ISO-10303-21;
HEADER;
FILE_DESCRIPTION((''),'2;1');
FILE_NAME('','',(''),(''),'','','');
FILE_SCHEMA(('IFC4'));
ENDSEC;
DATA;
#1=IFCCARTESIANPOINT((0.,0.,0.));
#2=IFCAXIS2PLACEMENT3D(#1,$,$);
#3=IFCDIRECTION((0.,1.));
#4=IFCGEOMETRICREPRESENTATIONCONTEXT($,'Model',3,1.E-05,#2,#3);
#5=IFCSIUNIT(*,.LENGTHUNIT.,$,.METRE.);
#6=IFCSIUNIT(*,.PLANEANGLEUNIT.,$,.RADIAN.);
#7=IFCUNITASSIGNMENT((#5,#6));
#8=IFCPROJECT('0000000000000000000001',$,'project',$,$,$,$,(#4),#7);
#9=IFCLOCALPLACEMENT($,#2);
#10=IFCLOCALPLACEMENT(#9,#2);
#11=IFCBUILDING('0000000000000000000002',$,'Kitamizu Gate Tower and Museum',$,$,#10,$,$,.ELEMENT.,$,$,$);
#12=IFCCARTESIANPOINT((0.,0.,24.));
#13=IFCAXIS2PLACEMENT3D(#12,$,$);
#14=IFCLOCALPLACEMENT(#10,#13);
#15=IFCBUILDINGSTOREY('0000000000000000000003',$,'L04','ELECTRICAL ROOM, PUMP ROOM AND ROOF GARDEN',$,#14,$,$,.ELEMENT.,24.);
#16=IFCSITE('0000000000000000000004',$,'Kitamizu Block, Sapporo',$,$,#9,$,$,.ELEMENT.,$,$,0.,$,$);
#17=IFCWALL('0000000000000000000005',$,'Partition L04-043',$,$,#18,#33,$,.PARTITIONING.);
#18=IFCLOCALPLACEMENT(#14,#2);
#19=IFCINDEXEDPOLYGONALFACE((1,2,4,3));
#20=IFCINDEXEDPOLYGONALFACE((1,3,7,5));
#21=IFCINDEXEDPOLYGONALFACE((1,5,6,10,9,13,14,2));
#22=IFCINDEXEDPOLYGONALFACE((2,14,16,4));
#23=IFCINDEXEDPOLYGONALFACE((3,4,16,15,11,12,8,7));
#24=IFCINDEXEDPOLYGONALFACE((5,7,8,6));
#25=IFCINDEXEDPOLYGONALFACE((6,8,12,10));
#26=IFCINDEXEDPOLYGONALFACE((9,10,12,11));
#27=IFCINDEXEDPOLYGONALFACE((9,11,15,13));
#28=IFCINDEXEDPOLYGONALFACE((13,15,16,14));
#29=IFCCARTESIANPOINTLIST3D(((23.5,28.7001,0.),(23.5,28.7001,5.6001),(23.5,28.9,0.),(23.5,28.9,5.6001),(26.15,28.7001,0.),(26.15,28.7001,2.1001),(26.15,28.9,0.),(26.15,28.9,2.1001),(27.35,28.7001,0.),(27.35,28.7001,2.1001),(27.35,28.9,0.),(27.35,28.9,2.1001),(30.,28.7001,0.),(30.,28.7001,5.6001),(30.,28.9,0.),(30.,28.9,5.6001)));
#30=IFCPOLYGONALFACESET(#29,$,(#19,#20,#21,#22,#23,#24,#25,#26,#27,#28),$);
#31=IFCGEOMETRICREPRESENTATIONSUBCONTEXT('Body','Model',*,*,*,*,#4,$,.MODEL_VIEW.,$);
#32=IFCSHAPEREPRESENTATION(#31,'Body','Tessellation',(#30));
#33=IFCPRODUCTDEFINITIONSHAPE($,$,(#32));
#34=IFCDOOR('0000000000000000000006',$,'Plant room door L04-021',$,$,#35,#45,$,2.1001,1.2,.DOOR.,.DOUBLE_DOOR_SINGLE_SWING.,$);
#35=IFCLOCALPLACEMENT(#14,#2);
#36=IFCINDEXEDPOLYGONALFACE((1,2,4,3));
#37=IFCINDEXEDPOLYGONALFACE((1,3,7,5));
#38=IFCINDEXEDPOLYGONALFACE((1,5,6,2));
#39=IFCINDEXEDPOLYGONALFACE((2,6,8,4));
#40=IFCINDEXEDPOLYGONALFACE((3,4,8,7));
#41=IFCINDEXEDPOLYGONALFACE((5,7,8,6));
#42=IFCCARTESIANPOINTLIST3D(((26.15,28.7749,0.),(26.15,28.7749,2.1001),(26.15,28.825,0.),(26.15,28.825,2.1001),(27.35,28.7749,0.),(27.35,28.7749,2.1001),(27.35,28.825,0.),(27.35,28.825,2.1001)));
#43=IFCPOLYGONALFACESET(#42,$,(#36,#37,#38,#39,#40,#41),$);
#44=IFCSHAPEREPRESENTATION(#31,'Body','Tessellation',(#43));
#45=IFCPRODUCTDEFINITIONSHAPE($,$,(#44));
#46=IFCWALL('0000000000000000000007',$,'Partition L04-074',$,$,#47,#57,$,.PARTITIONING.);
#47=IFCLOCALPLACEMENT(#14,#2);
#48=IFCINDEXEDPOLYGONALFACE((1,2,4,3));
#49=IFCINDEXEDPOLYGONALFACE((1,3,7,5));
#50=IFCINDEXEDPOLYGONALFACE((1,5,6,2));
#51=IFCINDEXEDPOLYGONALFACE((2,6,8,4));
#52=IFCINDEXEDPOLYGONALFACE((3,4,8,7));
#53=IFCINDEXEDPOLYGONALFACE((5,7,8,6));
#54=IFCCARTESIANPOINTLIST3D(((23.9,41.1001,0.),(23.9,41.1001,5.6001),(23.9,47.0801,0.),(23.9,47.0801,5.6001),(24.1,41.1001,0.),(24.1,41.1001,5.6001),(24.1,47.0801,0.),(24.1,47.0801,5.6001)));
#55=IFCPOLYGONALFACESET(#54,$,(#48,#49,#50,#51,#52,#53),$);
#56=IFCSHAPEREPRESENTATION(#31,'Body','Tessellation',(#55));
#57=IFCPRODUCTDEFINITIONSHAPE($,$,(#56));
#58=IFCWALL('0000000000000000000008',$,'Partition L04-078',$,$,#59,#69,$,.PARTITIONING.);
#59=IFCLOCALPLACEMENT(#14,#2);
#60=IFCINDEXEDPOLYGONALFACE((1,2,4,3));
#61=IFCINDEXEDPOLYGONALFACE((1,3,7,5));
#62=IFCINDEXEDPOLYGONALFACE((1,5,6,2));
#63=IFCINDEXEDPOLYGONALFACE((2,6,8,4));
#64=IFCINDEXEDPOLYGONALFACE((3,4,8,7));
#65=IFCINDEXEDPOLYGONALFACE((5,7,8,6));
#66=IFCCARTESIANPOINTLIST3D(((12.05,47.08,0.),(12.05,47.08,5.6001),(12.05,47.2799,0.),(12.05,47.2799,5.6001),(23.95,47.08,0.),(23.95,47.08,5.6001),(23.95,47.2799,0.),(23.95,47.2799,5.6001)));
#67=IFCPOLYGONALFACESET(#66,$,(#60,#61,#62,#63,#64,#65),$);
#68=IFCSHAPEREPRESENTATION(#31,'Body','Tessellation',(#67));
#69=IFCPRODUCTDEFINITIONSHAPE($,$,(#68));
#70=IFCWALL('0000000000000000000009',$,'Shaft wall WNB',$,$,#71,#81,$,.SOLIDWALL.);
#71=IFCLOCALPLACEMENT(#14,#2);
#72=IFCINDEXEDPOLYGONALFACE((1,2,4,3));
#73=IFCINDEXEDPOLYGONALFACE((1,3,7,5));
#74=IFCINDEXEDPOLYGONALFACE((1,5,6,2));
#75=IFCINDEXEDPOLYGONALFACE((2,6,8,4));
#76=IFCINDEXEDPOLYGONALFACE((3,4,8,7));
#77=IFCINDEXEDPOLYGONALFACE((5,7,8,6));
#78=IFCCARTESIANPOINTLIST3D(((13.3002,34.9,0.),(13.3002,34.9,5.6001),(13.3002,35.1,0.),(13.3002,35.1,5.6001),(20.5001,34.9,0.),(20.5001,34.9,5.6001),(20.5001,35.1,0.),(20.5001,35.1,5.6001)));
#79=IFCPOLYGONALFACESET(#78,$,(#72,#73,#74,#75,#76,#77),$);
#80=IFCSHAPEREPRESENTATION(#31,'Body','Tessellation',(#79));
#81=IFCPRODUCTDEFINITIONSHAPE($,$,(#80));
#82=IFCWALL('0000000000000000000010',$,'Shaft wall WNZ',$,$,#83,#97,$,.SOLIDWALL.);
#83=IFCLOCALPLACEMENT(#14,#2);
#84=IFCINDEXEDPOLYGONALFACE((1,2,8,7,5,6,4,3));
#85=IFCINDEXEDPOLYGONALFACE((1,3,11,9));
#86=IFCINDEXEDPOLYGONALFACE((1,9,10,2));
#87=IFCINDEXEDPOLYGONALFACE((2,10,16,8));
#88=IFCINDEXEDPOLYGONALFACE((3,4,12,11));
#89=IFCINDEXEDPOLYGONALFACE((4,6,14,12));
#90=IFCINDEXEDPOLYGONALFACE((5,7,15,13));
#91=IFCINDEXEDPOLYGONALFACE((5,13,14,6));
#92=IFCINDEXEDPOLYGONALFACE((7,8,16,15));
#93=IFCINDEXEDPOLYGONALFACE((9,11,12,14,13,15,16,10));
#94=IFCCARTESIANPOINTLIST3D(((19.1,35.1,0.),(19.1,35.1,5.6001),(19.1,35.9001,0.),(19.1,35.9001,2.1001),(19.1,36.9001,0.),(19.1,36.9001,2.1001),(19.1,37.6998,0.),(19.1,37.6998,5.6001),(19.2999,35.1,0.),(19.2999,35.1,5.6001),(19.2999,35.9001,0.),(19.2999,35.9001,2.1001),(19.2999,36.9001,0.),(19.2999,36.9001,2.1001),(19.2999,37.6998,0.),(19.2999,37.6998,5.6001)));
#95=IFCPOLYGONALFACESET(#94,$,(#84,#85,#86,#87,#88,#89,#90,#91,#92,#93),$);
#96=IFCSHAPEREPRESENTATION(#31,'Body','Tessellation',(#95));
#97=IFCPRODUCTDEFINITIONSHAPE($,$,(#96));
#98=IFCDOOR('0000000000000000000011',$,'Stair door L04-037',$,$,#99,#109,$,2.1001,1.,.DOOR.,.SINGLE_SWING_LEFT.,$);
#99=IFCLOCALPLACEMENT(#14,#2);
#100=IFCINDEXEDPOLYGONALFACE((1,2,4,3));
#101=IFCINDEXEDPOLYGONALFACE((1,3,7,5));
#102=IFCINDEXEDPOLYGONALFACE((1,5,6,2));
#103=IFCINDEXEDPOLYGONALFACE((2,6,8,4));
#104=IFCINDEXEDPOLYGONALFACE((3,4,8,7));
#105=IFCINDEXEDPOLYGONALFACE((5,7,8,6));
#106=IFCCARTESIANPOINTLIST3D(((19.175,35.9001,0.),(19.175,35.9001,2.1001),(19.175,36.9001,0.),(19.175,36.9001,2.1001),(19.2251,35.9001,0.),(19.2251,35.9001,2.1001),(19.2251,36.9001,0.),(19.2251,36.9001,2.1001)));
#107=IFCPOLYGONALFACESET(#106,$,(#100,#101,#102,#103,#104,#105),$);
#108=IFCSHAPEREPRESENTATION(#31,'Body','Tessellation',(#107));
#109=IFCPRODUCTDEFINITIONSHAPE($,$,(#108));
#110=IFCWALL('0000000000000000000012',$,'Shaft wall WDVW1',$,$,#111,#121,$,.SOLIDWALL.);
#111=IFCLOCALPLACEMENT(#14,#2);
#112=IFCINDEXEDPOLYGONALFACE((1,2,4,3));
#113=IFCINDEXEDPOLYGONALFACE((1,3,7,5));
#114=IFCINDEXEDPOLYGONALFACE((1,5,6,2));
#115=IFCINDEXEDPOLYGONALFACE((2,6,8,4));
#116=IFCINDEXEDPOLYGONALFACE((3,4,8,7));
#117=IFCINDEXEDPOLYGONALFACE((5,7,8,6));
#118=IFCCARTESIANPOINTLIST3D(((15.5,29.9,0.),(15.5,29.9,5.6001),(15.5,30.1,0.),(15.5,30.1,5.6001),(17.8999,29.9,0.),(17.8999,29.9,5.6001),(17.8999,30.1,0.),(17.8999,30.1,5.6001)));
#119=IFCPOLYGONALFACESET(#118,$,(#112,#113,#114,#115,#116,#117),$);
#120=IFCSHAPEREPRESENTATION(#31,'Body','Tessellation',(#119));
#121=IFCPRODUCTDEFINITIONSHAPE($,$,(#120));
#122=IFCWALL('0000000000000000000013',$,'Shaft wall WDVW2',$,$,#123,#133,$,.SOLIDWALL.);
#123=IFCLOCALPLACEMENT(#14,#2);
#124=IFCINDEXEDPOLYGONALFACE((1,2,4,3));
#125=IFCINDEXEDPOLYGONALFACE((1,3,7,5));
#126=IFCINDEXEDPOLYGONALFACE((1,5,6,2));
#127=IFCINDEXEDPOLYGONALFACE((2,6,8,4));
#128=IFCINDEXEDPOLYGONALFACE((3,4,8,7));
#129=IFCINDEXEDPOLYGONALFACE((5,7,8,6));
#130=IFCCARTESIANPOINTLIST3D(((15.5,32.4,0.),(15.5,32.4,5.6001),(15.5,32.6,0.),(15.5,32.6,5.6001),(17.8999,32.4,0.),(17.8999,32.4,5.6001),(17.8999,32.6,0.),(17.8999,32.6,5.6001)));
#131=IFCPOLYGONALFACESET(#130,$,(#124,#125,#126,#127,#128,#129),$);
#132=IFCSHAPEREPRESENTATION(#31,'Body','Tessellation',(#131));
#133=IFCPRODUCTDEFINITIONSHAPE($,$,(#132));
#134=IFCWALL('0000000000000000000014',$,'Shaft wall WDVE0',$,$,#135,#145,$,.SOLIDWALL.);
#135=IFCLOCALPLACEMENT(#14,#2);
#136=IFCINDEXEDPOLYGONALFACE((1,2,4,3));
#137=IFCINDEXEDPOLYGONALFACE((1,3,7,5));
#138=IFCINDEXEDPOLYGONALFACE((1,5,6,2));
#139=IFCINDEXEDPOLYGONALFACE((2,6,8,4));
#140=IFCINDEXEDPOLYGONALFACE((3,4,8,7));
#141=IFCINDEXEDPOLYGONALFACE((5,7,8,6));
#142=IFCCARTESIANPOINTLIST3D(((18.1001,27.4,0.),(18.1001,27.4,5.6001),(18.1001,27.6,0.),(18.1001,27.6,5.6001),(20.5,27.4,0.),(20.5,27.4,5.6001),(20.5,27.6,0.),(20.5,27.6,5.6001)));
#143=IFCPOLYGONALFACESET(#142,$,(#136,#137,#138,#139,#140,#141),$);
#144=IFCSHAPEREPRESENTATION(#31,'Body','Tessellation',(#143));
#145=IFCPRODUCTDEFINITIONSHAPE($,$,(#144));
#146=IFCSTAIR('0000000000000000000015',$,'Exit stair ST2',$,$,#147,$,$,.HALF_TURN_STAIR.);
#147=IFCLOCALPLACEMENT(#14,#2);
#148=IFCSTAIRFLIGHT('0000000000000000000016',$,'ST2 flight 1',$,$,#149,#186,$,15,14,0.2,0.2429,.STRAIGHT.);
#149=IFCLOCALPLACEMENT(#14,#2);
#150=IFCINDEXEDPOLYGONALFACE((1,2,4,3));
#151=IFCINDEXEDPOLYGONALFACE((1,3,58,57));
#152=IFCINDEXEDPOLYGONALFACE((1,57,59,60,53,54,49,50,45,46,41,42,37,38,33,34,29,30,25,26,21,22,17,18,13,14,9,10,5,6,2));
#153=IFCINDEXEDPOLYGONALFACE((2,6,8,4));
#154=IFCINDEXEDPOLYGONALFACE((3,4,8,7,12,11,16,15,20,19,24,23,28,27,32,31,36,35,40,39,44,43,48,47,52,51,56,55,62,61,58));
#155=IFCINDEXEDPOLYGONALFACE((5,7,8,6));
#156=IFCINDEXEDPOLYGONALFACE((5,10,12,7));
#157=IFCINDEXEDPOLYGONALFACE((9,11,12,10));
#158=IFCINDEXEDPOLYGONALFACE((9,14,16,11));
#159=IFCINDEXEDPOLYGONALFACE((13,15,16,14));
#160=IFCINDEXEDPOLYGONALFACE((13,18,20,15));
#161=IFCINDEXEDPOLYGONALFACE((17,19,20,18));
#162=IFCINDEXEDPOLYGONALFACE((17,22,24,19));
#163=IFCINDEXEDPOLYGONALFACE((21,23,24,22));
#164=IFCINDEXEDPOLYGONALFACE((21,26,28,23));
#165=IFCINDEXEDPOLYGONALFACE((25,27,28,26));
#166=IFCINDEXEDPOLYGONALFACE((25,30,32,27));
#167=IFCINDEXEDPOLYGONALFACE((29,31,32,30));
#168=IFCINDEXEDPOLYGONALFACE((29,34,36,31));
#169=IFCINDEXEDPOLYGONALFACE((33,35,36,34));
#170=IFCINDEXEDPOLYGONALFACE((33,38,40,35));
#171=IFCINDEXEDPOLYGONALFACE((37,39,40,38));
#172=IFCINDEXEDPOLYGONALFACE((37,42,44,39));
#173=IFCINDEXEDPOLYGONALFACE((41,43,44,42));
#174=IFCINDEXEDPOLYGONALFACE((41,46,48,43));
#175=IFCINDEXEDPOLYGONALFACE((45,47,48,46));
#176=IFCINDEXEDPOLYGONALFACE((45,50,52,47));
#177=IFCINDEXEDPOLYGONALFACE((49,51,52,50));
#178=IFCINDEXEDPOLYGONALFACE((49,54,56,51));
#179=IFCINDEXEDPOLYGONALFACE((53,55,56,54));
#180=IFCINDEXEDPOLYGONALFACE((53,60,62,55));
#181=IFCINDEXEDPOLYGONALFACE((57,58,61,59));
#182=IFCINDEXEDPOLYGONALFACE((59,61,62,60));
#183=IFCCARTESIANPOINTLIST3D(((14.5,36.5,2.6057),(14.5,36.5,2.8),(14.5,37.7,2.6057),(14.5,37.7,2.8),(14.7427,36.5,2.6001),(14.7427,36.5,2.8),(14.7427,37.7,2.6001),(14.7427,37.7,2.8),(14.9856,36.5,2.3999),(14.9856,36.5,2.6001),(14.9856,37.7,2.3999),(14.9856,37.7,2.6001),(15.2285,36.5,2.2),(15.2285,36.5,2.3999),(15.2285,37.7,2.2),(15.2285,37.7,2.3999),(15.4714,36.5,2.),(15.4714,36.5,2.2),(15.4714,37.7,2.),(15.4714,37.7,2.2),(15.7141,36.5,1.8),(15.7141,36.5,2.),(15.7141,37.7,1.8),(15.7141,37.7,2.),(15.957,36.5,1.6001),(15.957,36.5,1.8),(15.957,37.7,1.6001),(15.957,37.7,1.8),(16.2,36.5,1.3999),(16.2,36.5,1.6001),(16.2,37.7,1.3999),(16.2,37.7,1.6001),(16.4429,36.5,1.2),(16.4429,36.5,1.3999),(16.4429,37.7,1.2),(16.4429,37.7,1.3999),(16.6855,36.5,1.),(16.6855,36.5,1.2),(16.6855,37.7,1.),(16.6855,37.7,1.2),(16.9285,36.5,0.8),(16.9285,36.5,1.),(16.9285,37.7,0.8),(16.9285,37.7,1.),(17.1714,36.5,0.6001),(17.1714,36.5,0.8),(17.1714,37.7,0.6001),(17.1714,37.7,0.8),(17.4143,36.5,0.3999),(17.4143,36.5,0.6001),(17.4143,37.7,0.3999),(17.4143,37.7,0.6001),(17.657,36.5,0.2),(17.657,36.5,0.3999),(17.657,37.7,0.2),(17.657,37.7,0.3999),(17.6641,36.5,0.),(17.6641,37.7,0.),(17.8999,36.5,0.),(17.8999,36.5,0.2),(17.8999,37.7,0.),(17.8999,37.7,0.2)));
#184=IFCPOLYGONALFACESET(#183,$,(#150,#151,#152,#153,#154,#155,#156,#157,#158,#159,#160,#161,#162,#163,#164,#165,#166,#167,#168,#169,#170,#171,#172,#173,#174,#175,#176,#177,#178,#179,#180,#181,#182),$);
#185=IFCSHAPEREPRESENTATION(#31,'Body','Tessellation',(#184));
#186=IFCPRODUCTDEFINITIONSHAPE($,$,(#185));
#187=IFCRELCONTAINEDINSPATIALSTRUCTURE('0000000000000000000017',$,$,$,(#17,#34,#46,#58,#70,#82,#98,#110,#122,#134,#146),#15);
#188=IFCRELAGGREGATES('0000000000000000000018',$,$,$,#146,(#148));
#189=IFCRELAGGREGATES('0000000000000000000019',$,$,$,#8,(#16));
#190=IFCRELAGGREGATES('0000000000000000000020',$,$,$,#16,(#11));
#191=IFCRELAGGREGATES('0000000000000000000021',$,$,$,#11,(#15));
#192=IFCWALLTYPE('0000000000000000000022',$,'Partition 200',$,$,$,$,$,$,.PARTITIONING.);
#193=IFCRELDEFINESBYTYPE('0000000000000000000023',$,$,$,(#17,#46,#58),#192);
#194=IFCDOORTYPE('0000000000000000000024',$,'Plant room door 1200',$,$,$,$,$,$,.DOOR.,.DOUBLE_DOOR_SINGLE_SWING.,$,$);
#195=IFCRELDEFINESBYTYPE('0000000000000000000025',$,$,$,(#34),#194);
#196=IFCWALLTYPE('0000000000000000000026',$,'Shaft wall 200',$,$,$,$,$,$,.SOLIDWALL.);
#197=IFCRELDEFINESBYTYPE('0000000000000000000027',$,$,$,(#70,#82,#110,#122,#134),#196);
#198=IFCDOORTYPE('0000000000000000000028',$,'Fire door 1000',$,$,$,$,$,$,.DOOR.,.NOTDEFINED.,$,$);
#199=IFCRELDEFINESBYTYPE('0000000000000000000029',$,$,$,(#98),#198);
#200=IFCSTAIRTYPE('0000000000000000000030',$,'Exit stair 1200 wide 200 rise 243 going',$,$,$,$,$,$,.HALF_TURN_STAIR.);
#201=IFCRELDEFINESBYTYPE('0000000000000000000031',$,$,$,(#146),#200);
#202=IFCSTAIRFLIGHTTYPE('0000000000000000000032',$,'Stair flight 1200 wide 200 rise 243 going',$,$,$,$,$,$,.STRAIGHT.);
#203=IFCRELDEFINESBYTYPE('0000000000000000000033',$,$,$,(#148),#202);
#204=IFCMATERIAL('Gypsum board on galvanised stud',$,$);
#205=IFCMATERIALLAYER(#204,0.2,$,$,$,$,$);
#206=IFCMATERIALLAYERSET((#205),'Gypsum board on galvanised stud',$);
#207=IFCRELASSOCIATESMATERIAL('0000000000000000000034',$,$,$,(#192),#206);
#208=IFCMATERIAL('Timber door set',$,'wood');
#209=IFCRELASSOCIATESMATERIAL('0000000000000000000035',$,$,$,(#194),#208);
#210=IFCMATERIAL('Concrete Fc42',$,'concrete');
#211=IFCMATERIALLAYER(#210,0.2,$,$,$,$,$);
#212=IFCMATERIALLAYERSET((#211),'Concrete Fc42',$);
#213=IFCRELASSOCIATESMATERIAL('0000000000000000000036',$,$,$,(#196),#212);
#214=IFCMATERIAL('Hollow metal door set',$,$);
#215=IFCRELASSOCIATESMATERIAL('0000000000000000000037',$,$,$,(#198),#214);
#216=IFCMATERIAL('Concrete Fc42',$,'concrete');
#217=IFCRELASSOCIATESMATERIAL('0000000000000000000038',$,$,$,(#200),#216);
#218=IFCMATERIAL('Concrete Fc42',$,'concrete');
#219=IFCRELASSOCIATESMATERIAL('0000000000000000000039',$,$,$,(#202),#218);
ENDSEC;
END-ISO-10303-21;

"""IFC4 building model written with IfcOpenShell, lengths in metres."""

from ifc_helpers import new_model, si_unit, direction, frame, frame_2d, origin, place, context, subcontext, project, spatial, polyline, rectangle, outline, extrude, material, layer, layer_set, type_object, element, fill, aggregate, save


model = new_model("IFC4")

# Units and contexts
model_context = context("Model", 3, precision=1e-05, world=origin(), true_north=direction((0.0, 1.0)))
body_context = subcontext(model_context, "Body", "Model", "MODEL_VIEW")
ifc_project = project(units=[si_unit("LENGTHUNIT", "METRE"), si_unit("PLANEANGLEUNIT", "RADIAN")], contexts=[model_context])

# Site, building, storey
site_placement = place(None, origin())
site = spatial("IfcSite", under=ifc_project, at=site_placement, Name="Kitamizu Block, Sapporo", CompositionType="ELEMENT", RefElevation=0.0)
building_placement = place(site_placement, origin())
building = spatial("IfcBuilding", under=site, at=building_placement, Name="Kitamizu Gate Tower and Museum", CompositionType="ELEMENT")
storey_placement = place(building_placement, frame((0.0, 0.0, 24.0)))
storey = spatial("IfcBuildingStorey", under=building, at=storey_placement, Name="L04", Description="ELECTRICAL ROOM, PUMP ROOM AND ROOF GARDEN", CompositionType="ELEMENT", Elevation=24.0)

# Wall, opening, door
ifc_material_1 = material(Name="Gypsum board on galvanised stud")
ifc_layer_1 = layer(ifc_material_1, 0.2)
ifc_layer_set_1 = layer_set([ifc_layer_1], Name="Gypsum board on galvanised stud")
wall_type_1 = type_object("IfcWallType", Name="Partition 200", PredefinedType="PARTITIONING", material=ifc_layer_set_1)
ifc_material_2 = material(Name="Timber door set", Category="wood")
door_type_1 = type_object("IfcDoorType", Name="Plant room door 1200", OperationType="DOUBLE_DOOR_SINGLE_SWING", PredefinedType="DOOR", material=ifc_material_2)
wall_1_placement = place(storey_placement, frame((23.5, 28.8, 0.0), z_axis=(0.0, 0.0, 1.0), x_axis=(1.0, 0.0, 0.0)))
wall_1 = element("IfcWall", 1, at=wall_1_placement, inside=storey, type_object=wall_type_1, Name="Partition L04-043", PredefinedType="PARTITIONING", context=body_context, shape_type="SweptSolid", body=[
    extrude(rectangle(XDim=6.5, YDim=0.2, at=frame_2d((3.25, 0.0))), origin(), (0.0, 0.0, 1.0), 5.6001),
])
opening_1_placement = place(wall_1_placement, frame((2.6499, 0.0, 0.0)))
opening_1 = element("IfcOpeningElement", 2, at=opening_1_placement, cuts=wall_1, PredefinedType="OPENING", context=body_context, shape_type="SweptSolid", body=[
    extrude(rectangle(XDim=1.2, YDim=2.1001, at=frame_2d((0.6001, 1.05))), frame((0.0, 0.1099, 0.0), z_axis=(0.0, -1.0, 0.0), x_axis=(1.0, 0.0, 0.0)), (0.0, 0.0, 1.0), 0.22),
])
door_1_placement = place(opening_1_placement, origin())
door_1 = element("IfcDoor", 3, at=door_1_placement, inside=storey, type_object=door_type_1, Name="Plant room door L04-021", OperationType="DOUBLE_DOOR_SINGLE_SWING", OverallHeight=2.1001, OverallWidth=1.2, PredefinedType="DOOR", context=body_context, shape_type="SweptSolid", body=[
    extrude(rectangle(XDim=1.2, YDim=2.1001, at=frame_2d((0.6001, 1.05))), frame((0.0, 0.0249, 0.0), z_axis=(0.0, -1.0, 0.0), x_axis=(1.0, 0.0, 0.0)), (0.0, 0.0, 1.0), 0.05),
])
fill(opening_1, door_1)

# Walls
wall_2_placement = place(storey_placement, frame((24.0, 41.1001, 0.0), z_axis=(0.0, 0.0, 1.0), x_axis=(0.0, 1.0, 0.0)))
element("IfcWall", 4, at=wall_2_placement, inside=storey, type_object=wall_type_1, Name="Partition L04-074", PredefinedType="PARTITIONING", context=body_context, shape_type="SweptSolid", body=[
    extrude(rectangle(XDim=5.98, YDim=0.2, at=frame_2d((2.99, 0.0))), origin(), (0.0, 0.0, 1.0), 5.6001),
])
wall_3_placement = place(storey_placement, frame((23.95, 47.1799, 0.0), z_axis=(0.0, 0.0, 1.0), x_axis=(-1.0, 0.0, 0.0)))
element("IfcWall", 5, at=wall_3_placement, inside=storey, type_object=wall_type_1, Name="Partition L04-078", PredefinedType="PARTITIONING", context=body_context, shape_type="SweptSolid", body=[
    extrude(rectangle(XDim=11.8999, YDim=0.2, at=frame_2d((5.95, 0.0))), origin(), (0.0, 0.0, 1.0), 5.6001),
])
ifc_material_3 = material(Name="Concrete Fc42", Category="concrete")
ifc_layer_2 = layer(ifc_material_3, 0.2)
ifc_layer_set_2 = layer_set([ifc_layer_2], Name="Concrete Fc42")
wall_type_2 = type_object("IfcWallType", Name="Shaft wall 200", PredefinedType="SOLIDWALL", material=ifc_layer_set_2)
wall_4_placement = place(storey_placement, frame((13.3, 35.0, 0.0), z_axis=(0.0, 0.0, 1.0), x_axis=(1.0, 0.0, 0.0)))
element("IfcWall", 6, at=wall_4_placement, inside=storey, type_object=wall_type_2, Name="Shaft wall WNB", PredefinedType="SOLIDWALL", context=body_context, shape_type="SweptSolid", body=[
    extrude(rectangle(XDim=7.2, YDim=0.2, at=frame_2d((3.6001, 0.0))), origin(), (0.0, 0.0, 1.0), 5.6001),
])

# Wall, opening, door
wall_5_placement = place(storey_placement, frame((19.2, 35.1001, 0.0), z_axis=(0.0, 0.0, 1.0), x_axis=(0.0, 1.0, 0.0)))
wall_5 = element("IfcWall", 7, at=wall_5_placement, inside=storey, type_object=wall_type_2, Name="Shaft wall WNZ", PredefinedType="SOLIDWALL", context=body_context, shape_type="SweptSolid", body=[
    extrude(rectangle(XDim=2.5999, YDim=0.2, at=frame_2d((1.2998, 0.0))), origin(), (0.0, 0.0, 1.0), 5.6001),
])
opening_2_placement = place(wall_5_placement, frame((0.8, 0.0, 0.0)))
opening_2 = element("IfcOpeningElement", 8, at=opening_2_placement, cuts=wall_5, PredefinedType="OPENING", context=body_context, shape_type="SweptSolid", body=[
    extrude(rectangle(XDim=1.0, YDim=2.1001, at=frame_2d((0.5, 1.05))), frame((0.0, 0.1099, 0.0), z_axis=(0.0, -1.0, 0.0), x_axis=(1.0, 0.0, 0.0)), (0.0, 0.0, 1.0), 0.22),
])
ifc_material_4 = material(Name="Hollow metal door set")
door_type_2 = type_object("IfcDoorType", Name="Fire door 1000", OperationType="NOTDEFINED", PredefinedType="DOOR", material=ifc_material_4)
door_2_placement = place(opening_2_placement, origin())
door_2 = element("IfcDoor", 9, at=door_2_placement, inside=storey, type_object=door_type_2, Name="Stair door L04-037", OperationType="SINGLE_SWING_LEFT", OverallHeight=2.1001, OverallWidth=1.0, PredefinedType="DOOR", context=body_context, shape_type="SweptSolid", body=[
    extrude(rectangle(XDim=1.0, YDim=2.1001, at=frame_2d((0.5, 1.05))), frame((0.0, 0.0249, 0.0), z_axis=(0.0, -1.0, 0.0), x_axis=(1.0, 0.0, 0.0)), (0.0, 0.0, 1.0), 0.05),
])
fill(opening_2, door_2)

# Walls
for number, where, z_axis, x_axis, name in (
    (10, (15.5, 30.0, 0.0), (0.0, 0.0, 1.0), (1.0, 0.0, 0.0), "Shaft wall WDVW1"),
    (11, (15.5, 32.5, 0.0), (0.0, 0.0, 1.0), (1.0, 0.0, 0.0), "Shaft wall WDVW2"),
    (12, (18.1001, 27.5, 0.0), (0.0, 0.0, 1.0), (1.0, 0.0, 0.0), "Shaft wall WDVE0"),
):
    element("IfcWall", number, at=place(storey_placement, frame(where, z_axis=z_axis, x_axis=x_axis)), inside=storey, type_object=wall_type_2, Name=name, PredefinedType="SOLIDWALL", context=body_context, shape_type="SweptSolid", body=[
        extrude(rectangle(XDim=2.3999, YDim=0.2, at=frame_2d((1.2, 0.0))), origin(), (0.0, 0.0, 1.0), 5.6001),
    ])

# Stair, stair flight
ifc_material_5 = material(Name="Concrete Fc42", Category="concrete")
stair_type = type_object("IfcStairType", Name="Exit stair 1200 wide 200 rise 243 going", PredefinedType="HALF_TURN_STAIR", material=ifc_material_5)
stair_placement = place(storey_placement, origin())
stair = element("IfcStair", 13, at=stair_placement, inside=storey, type_object=stair_type, Name="Exit stair ST2", PredefinedType="HALF_TURN_STAIR")
ifc_material_6 = material(Name="Concrete Fc42", Category="concrete")
stair_flight_type = type_object("IfcStairFlightType", Name="Stair flight 1200 wide 200 rise 243 going", PredefinedType="STRAIGHT", material=ifc_material_6)
stair_flight_1_placement = place(storey_placement, frame((17.8999, 37.1001, 0.0), z_axis=(0.0, 0.0, 1.0), x_axis=(-1.0, 0.0, 0.0)))
stair_flight_1 = element("IfcStairFlight", 14, at=stair_flight_1_placement, type_object=stair_flight_type, Name="ST2 flight 1", NumberOfRisers=15, NumberOfTreads=14, PredefinedType="STRAIGHT", RiserHeight=0.2, TreadLength=0.2429, context=body_context, shape_type="SweptSolid", body=[
    extrude(outline(polyline([(0.0, 0.0), (0.0, 0.2), (0.2429, 0.2), (0.2429, 0.3999), (0.4856, 0.3999), (0.4856, 0.6001), (0.7285, 0.6001), (0.7285, 0.8), (0.9714, 0.8), (0.9714, 1.0), (1.2144, 1.0), (1.2144, 1.2), (1.457, 1.2), (1.457, 1.3999), (1.7, 1.3999), (1.7, 1.6001), (1.9429, 1.6001), (1.9429, 1.8), (2.1858, 1.8), (2.1858, 2.0), (2.4285, 2.0), (2.4285, 2.2), (2.6714, 2.2), (2.6714, 2.3999), (2.9143, 2.3999), (2.9143, 2.6001), (3.1572, 2.6001), (3.1572, 2.8), (3.3999, 2.8), (3.3999, 3.0), (3.3999, 2.6057), (0.2358, 0.0), (0.0, 0.0)])), frame((0.0, 0.6001, 0.0), z_axis=(0.0, -1.0, 0.0), x_axis=(1.0, 0.0, 0.0)), (0.0, 0.0, 1.0), 1.2),
])
aggregate(stair, [stair_flight_1])

save(model, "model.ifc")
